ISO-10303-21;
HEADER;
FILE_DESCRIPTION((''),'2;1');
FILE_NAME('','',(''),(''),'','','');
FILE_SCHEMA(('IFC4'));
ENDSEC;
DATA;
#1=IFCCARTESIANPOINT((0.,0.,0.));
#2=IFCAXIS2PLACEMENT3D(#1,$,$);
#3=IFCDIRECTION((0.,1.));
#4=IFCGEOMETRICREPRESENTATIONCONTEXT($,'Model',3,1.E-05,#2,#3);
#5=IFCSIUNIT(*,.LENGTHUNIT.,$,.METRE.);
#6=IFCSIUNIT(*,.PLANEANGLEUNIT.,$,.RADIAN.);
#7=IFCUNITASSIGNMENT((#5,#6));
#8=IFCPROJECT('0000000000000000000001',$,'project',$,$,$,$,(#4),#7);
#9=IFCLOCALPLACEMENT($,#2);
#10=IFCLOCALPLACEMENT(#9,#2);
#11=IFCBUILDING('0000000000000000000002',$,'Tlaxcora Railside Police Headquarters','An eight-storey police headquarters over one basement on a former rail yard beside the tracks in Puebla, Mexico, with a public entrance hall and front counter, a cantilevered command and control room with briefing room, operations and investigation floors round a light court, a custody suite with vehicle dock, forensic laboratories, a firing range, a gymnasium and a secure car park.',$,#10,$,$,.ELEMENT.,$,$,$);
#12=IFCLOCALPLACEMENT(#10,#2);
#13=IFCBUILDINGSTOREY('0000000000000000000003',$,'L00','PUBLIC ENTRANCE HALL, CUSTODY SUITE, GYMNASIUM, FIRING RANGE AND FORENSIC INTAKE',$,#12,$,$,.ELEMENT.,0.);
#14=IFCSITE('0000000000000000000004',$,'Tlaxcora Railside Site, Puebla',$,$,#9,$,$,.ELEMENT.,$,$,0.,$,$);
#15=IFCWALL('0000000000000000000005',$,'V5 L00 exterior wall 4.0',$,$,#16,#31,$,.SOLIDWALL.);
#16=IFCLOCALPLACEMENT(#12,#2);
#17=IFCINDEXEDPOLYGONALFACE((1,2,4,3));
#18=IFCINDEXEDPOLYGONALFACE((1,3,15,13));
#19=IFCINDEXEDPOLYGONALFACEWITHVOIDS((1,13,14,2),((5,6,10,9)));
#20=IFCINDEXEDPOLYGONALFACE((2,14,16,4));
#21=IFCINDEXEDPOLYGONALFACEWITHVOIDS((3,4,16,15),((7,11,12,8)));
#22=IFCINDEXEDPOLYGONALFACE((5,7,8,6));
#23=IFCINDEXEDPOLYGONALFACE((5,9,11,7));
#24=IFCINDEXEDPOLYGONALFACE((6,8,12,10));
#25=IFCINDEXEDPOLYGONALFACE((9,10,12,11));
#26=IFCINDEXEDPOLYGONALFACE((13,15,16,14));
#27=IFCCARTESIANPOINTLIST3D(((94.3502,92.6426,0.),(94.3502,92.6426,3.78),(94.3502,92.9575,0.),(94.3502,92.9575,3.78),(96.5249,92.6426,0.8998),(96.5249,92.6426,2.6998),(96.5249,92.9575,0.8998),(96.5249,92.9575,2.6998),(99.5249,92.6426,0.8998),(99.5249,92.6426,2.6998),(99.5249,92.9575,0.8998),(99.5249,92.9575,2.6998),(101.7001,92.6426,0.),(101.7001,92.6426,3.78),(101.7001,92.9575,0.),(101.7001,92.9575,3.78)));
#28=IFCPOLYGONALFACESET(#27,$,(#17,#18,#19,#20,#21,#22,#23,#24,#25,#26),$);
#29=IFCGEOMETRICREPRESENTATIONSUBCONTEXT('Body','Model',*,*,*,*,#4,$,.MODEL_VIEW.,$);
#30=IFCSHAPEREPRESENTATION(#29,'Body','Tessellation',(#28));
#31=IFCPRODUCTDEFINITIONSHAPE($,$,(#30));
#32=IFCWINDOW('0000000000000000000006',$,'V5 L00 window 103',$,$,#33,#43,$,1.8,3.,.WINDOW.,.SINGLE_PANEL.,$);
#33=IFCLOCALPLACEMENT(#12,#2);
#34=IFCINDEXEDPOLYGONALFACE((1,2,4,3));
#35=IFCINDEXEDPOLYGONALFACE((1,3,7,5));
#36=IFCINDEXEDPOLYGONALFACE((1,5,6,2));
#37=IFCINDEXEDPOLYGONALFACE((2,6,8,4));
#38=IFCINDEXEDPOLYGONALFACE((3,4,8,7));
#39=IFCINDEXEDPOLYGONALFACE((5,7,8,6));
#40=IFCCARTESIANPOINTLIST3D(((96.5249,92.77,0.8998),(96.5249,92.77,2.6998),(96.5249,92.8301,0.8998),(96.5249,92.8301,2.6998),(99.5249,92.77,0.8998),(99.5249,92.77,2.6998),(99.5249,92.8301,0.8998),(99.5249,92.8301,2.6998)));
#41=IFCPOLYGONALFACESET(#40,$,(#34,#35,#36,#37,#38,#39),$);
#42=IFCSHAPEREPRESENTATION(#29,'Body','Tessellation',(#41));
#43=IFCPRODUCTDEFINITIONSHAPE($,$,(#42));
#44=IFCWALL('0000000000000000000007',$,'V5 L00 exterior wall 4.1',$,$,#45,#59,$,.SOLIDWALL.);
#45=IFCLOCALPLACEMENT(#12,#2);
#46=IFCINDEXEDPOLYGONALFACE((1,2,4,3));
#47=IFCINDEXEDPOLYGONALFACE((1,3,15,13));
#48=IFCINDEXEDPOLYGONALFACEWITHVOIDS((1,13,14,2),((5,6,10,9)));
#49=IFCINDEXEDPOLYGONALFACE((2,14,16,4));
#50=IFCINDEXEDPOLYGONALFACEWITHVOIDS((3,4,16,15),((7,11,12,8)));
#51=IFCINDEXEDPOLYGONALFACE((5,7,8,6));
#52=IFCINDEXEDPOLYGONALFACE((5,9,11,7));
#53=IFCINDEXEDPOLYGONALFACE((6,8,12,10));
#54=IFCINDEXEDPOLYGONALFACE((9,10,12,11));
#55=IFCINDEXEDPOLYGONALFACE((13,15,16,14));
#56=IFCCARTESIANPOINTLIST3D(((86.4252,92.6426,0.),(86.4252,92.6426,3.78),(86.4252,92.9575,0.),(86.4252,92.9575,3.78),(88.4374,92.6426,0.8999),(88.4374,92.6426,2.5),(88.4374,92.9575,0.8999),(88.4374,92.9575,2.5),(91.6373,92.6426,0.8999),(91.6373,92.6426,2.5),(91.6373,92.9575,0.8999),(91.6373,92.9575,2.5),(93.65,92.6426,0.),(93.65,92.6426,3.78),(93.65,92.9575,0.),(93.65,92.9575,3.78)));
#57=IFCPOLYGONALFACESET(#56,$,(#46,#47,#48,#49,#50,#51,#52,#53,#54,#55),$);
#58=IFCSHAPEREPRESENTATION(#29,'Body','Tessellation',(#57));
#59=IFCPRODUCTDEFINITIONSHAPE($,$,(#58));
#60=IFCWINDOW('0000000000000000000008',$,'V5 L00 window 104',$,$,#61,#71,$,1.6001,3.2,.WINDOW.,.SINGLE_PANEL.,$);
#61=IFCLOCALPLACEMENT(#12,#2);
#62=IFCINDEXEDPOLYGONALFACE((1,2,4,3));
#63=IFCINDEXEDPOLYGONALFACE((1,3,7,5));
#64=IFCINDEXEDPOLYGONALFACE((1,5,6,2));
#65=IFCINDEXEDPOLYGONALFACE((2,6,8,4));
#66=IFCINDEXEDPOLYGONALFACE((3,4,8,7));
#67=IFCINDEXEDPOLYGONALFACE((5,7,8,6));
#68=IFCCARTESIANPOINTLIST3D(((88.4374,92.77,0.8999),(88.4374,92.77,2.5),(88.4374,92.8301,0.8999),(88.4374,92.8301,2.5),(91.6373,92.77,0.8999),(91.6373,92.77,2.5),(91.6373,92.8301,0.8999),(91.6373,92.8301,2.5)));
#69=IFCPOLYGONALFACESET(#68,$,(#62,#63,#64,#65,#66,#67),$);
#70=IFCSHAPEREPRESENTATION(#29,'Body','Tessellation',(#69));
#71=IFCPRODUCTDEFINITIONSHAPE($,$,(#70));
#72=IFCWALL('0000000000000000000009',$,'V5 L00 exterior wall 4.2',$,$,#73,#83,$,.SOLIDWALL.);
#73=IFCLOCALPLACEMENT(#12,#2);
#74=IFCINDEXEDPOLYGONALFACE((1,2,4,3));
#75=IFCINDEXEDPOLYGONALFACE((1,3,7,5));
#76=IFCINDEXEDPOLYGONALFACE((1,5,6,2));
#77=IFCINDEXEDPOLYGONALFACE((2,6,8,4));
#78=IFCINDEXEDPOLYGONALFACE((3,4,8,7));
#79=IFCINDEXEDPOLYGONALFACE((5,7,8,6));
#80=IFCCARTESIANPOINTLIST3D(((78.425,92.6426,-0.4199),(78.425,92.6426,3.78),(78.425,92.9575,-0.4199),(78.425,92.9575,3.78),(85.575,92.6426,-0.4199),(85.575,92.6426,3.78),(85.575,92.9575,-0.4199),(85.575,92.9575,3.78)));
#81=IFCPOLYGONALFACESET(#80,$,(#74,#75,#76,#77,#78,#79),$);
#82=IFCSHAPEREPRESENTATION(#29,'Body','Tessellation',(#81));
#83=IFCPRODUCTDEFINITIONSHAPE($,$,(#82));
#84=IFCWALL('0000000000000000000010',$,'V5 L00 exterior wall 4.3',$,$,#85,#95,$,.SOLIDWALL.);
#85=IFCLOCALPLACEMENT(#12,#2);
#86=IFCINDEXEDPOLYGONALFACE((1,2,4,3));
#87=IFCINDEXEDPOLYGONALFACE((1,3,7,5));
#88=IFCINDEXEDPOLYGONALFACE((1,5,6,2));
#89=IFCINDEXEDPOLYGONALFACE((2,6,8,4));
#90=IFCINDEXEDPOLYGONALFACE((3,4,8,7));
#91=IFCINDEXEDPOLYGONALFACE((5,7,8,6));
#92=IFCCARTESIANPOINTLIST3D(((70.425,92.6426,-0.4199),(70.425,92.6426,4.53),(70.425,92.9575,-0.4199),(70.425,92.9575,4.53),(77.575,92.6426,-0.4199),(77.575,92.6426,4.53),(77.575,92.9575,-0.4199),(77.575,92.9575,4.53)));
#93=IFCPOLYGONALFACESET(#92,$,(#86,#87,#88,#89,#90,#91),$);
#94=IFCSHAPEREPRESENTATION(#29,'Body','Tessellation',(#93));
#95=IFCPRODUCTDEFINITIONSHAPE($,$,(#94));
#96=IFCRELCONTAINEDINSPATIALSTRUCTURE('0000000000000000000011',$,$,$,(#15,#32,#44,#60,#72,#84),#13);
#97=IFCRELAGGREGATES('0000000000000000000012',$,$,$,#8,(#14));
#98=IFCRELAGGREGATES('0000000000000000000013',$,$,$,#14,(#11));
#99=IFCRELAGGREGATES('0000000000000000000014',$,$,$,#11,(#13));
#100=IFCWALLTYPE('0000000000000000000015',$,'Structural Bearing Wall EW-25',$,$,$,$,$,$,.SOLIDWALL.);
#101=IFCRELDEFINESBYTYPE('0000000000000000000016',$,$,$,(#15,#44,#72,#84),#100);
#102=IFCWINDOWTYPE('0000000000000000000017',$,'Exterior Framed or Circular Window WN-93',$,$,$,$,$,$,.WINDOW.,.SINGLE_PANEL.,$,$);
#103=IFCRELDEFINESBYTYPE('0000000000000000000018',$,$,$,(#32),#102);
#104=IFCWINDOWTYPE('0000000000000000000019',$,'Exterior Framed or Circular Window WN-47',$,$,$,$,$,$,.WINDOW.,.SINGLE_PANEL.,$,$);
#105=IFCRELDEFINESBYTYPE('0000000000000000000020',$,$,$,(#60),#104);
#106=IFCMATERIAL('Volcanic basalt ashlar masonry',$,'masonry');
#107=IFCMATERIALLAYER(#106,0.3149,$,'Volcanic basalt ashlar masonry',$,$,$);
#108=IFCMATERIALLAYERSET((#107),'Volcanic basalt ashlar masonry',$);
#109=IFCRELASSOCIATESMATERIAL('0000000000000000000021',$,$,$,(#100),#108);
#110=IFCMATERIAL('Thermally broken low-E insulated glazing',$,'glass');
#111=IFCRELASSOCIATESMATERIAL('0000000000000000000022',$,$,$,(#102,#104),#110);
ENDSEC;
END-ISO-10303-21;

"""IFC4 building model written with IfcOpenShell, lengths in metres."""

from ifc_helpers import new_model, si_unit, direction, frame, frame_2d, origin, place, context, subcontext, project, spatial, rectangle, extrude, material, layer, layer_set, type_object, element, fill, save


model = new_model("IFC4")

# Units and contexts
model_context = context("Model", 3, precision=1e-05, world=origin(), true_north=direction((0.0, 1.0)))
body_context = subcontext(model_context, "Body", "Model", "MODEL_VIEW")
ifc_project = project(units=[si_unit("LENGTHUNIT", "METRE"), si_unit("PLANEANGLEUNIT", "RADIAN")], contexts=[model_context])

# Site, building, storey
site_placement = place(None, origin())
site = spatial("IfcSite", under=ifc_project, at=site_placement, Name="Tlaxcora Railside Site, Puebla", CompositionType="ELEMENT", RefElevation=0.0)
building_placement = place(site_placement, origin())
building = spatial("IfcBuilding", under=site, at=building_placement, Name="Tlaxcora Railside Police Headquarters", Description="An eight-storey police headquarters over one basement on a former rail yard beside the tracks in Puebla, Mexico, with a public entrance hall and front counter, a cantilevered command and control room with briefing room, operations and investigation floors round a light court, a custody suite with vehicle dock, forensic laboratories, a firing range, a gymnasium and a secure car park.", CompositionType="ELEMENT")
storey_placement = place(building_placement, origin())
storey = spatial("IfcBuildingStorey", under=building, at=storey_placement, Name="L00", Description="PUBLIC ENTRANCE HALL, CUSTODY SUITE, GYMNASIUM, FIRING RANGE AND FORENSIC INTAKE", CompositionType="ELEMENT", Elevation=0.0)

# Walls, openings, windows
ifc_material_1 = material(Name="Volcanic basalt ashlar masonry", Category="masonry")
ifc_layer_1 = layer(ifc_material_1, 0.3149, Name="Volcanic basalt ashlar masonry")
ifc_layer_set_1 = layer_set([ifc_layer_1], Name="Volcanic basalt ashlar masonry")
wall_type_1 = type_object("IfcWallType", Name="Structural Bearing Wall EW-25", PredefinedType="SOLIDWALL", material=ifc_layer_set_1)
wall_1_placement = place(storey_placement, frame((101.7, 92.8, 0.0), z_axis=(0.0, 0.0, 1.0), x_axis=(-1.0, 0.0, 0.0)))
wall_1 = element("IfcWall", 1, at=wall_1_placement, inside=storey, type_object=wall_type_1, Name="V5 L00 exterior wall 4.0", PredefinedType="SOLIDWALL", context=body_context, shape_type="SweptSolid", body=[
    extrude(rectangle(XDim=7.3499, YDim=0.3149, at=frame_2d((3.6748, 0.0))), origin(), (0.0, 0.0, 1.0), 3.78),
])
opening_1_placement = place(wall_1_placement, frame((2.175, 0.0, 0.8999)))
opening_1 = element("IfcOpeningElement", 2, at=opening_1_placement, cuts=wall_1, PredefinedType="OPENING", context=body_context, shape_type="SweptSolid", body=[
    extrude(rectangle(XDim=3.0, YDim=1.8, at=frame_2d((1.5, 0.8999))), frame((0.0, 0.1675, 0.0), z_axis=(0.0, -1.0, 0.0), x_axis=(1.0, 0.0, 0.0)), (0.0, 0.0, 1.0), 0.335),
])
ifc_material_2 = material(Name="Thermally broken low-E insulated glazing", Category="glass")
window_type_1 = type_object("IfcWindowType", Name="Exterior Framed or Circular Window WN-93", PartitioningType="SINGLE_PANEL", PredefinedType="WINDOW", material=ifc_material_2)
window_1_placement = place(opening_1_placement, origin())
window_1 = element("IfcWindow", 3, at=window_1_placement, inside=storey, type_object=window_type_1, Name="V5 L00 window 103", OverallHeight=1.8, OverallWidth=3.0, PartitioningType="SINGLE_PANEL", PredefinedType="WINDOW", context=body_context, shape_type="SweptSolid", body=[
    extrude(rectangle(XDim=3.0, YDim=1.8, at=frame_2d((1.5, 0.8999))), frame((0.0, 0.03, 0.0), z_axis=(0.0, -1.0, 0.0), x_axis=(1.0, 0.0, 0.0)), (0.0, 0.0, 1.0), 0.0601),
])
fill(opening_1, window_1)
wall_2_placement = place(storey_placement, frame((93.6499, 92.8, 0.0), z_axis=(0.0, 0.0, 1.0), x_axis=(-1.0, 0.0, 0.0)))
wall_2 = element("IfcWall", 4, at=wall_2_placement, inside=storey, type_object=wall_type_1, Name="V5 L00 exterior wall 4.1", PredefinedType="SOLIDWALL", context=body_context, shape_type="SweptSolid", body=[
    extrude(rectangle(XDim=7.2249, YDim=0.3149, at=frame_2d((3.6123, 0.0))), origin(), (0.0, 0.0, 1.0), 3.78),
])
opening_2_placement = place(wall_2_placement, frame((2.0125, 0.0, 0.8999)))
opening_2 = element("IfcOpeningElement", 5, at=opening_2_placement, cuts=wall_2, PredefinedType="OPENING", context=body_context, shape_type="SweptSolid", body=[
    extrude(rectangle(XDim=3.2, YDim=1.6001, at=frame_2d((1.6001, 0.8))), frame((0.0, 0.1675, 0.0), z_axis=(0.0, -1.0, 0.0), x_axis=(1.0, 0.0, 0.0)), (0.0, 0.0, 1.0), 0.335),
])
window_type_2 = type_object("IfcWindowType", Name="Exterior Framed or Circular Window WN-47", PartitioningType="SINGLE_PANEL", PredefinedType="WINDOW", material=ifc_material_2)
window_2_placement = place(opening_2_placement, origin())
window_2 = element("IfcWindow", 6, at=window_2_placement, inside=storey, type_object=window_type_2, Name="V5 L00 window 104", OverallHeight=1.6001, OverallWidth=3.2, PartitioningType="SINGLE_PANEL", PredefinedType="WINDOW", context=body_context, shape_type="SweptSolid", body=[
    extrude(rectangle(XDim=3.2, YDim=1.6001, at=frame_2d((1.6001, 0.8))), frame((0.0, 0.03, 0.0), z_axis=(0.0, -1.0, 0.0), x_axis=(1.0, 0.0, 0.0)), (0.0, 0.0, 1.0), 0.0601),
])
fill(opening_2, window_2)

# Walls
wall_3_placement = place(storey_placement, frame((85.575, 92.8, -0.4199), z_axis=(0.0, 0.0, 1.0), x_axis=(-1.0, 0.0, 0.0)))
element("IfcWall", 7, at=wall_3_placement, inside=storey, type_object=wall_type_1, Name="V5 L00 exterior wall 4.2", PredefinedType="SOLIDWALL", context=body_context, shape_type="SweptSolid", body=[
    extrude(rectangle(XDim=7.1499, YDim=0.3149, at=frame_2d((3.575, 0.0))), origin(), (0.0, 0.0, 1.0), 4.2),
])
wall_4_placement = place(storey_placement, frame((77.575, 92.8, -0.4199), z_axis=(0.0, 0.0, 1.0), x_axis=(-1.0, 0.0, 0.0)))
element("IfcWall", 8, at=wall_4_placement, inside=storey, type_object=wall_type_1, Name="V5 L00 exterior wall 4.3", PredefinedType="SOLIDWALL", context=body_context, shape_type="SweptSolid", body=[
    extrude(rectangle(XDim=7.1499, YDim=0.3149, at=frame_2d((3.575, 0.0))), origin(), (0.0, 0.0, 1.0), 4.95),
])

save(model, "model.ifc")
